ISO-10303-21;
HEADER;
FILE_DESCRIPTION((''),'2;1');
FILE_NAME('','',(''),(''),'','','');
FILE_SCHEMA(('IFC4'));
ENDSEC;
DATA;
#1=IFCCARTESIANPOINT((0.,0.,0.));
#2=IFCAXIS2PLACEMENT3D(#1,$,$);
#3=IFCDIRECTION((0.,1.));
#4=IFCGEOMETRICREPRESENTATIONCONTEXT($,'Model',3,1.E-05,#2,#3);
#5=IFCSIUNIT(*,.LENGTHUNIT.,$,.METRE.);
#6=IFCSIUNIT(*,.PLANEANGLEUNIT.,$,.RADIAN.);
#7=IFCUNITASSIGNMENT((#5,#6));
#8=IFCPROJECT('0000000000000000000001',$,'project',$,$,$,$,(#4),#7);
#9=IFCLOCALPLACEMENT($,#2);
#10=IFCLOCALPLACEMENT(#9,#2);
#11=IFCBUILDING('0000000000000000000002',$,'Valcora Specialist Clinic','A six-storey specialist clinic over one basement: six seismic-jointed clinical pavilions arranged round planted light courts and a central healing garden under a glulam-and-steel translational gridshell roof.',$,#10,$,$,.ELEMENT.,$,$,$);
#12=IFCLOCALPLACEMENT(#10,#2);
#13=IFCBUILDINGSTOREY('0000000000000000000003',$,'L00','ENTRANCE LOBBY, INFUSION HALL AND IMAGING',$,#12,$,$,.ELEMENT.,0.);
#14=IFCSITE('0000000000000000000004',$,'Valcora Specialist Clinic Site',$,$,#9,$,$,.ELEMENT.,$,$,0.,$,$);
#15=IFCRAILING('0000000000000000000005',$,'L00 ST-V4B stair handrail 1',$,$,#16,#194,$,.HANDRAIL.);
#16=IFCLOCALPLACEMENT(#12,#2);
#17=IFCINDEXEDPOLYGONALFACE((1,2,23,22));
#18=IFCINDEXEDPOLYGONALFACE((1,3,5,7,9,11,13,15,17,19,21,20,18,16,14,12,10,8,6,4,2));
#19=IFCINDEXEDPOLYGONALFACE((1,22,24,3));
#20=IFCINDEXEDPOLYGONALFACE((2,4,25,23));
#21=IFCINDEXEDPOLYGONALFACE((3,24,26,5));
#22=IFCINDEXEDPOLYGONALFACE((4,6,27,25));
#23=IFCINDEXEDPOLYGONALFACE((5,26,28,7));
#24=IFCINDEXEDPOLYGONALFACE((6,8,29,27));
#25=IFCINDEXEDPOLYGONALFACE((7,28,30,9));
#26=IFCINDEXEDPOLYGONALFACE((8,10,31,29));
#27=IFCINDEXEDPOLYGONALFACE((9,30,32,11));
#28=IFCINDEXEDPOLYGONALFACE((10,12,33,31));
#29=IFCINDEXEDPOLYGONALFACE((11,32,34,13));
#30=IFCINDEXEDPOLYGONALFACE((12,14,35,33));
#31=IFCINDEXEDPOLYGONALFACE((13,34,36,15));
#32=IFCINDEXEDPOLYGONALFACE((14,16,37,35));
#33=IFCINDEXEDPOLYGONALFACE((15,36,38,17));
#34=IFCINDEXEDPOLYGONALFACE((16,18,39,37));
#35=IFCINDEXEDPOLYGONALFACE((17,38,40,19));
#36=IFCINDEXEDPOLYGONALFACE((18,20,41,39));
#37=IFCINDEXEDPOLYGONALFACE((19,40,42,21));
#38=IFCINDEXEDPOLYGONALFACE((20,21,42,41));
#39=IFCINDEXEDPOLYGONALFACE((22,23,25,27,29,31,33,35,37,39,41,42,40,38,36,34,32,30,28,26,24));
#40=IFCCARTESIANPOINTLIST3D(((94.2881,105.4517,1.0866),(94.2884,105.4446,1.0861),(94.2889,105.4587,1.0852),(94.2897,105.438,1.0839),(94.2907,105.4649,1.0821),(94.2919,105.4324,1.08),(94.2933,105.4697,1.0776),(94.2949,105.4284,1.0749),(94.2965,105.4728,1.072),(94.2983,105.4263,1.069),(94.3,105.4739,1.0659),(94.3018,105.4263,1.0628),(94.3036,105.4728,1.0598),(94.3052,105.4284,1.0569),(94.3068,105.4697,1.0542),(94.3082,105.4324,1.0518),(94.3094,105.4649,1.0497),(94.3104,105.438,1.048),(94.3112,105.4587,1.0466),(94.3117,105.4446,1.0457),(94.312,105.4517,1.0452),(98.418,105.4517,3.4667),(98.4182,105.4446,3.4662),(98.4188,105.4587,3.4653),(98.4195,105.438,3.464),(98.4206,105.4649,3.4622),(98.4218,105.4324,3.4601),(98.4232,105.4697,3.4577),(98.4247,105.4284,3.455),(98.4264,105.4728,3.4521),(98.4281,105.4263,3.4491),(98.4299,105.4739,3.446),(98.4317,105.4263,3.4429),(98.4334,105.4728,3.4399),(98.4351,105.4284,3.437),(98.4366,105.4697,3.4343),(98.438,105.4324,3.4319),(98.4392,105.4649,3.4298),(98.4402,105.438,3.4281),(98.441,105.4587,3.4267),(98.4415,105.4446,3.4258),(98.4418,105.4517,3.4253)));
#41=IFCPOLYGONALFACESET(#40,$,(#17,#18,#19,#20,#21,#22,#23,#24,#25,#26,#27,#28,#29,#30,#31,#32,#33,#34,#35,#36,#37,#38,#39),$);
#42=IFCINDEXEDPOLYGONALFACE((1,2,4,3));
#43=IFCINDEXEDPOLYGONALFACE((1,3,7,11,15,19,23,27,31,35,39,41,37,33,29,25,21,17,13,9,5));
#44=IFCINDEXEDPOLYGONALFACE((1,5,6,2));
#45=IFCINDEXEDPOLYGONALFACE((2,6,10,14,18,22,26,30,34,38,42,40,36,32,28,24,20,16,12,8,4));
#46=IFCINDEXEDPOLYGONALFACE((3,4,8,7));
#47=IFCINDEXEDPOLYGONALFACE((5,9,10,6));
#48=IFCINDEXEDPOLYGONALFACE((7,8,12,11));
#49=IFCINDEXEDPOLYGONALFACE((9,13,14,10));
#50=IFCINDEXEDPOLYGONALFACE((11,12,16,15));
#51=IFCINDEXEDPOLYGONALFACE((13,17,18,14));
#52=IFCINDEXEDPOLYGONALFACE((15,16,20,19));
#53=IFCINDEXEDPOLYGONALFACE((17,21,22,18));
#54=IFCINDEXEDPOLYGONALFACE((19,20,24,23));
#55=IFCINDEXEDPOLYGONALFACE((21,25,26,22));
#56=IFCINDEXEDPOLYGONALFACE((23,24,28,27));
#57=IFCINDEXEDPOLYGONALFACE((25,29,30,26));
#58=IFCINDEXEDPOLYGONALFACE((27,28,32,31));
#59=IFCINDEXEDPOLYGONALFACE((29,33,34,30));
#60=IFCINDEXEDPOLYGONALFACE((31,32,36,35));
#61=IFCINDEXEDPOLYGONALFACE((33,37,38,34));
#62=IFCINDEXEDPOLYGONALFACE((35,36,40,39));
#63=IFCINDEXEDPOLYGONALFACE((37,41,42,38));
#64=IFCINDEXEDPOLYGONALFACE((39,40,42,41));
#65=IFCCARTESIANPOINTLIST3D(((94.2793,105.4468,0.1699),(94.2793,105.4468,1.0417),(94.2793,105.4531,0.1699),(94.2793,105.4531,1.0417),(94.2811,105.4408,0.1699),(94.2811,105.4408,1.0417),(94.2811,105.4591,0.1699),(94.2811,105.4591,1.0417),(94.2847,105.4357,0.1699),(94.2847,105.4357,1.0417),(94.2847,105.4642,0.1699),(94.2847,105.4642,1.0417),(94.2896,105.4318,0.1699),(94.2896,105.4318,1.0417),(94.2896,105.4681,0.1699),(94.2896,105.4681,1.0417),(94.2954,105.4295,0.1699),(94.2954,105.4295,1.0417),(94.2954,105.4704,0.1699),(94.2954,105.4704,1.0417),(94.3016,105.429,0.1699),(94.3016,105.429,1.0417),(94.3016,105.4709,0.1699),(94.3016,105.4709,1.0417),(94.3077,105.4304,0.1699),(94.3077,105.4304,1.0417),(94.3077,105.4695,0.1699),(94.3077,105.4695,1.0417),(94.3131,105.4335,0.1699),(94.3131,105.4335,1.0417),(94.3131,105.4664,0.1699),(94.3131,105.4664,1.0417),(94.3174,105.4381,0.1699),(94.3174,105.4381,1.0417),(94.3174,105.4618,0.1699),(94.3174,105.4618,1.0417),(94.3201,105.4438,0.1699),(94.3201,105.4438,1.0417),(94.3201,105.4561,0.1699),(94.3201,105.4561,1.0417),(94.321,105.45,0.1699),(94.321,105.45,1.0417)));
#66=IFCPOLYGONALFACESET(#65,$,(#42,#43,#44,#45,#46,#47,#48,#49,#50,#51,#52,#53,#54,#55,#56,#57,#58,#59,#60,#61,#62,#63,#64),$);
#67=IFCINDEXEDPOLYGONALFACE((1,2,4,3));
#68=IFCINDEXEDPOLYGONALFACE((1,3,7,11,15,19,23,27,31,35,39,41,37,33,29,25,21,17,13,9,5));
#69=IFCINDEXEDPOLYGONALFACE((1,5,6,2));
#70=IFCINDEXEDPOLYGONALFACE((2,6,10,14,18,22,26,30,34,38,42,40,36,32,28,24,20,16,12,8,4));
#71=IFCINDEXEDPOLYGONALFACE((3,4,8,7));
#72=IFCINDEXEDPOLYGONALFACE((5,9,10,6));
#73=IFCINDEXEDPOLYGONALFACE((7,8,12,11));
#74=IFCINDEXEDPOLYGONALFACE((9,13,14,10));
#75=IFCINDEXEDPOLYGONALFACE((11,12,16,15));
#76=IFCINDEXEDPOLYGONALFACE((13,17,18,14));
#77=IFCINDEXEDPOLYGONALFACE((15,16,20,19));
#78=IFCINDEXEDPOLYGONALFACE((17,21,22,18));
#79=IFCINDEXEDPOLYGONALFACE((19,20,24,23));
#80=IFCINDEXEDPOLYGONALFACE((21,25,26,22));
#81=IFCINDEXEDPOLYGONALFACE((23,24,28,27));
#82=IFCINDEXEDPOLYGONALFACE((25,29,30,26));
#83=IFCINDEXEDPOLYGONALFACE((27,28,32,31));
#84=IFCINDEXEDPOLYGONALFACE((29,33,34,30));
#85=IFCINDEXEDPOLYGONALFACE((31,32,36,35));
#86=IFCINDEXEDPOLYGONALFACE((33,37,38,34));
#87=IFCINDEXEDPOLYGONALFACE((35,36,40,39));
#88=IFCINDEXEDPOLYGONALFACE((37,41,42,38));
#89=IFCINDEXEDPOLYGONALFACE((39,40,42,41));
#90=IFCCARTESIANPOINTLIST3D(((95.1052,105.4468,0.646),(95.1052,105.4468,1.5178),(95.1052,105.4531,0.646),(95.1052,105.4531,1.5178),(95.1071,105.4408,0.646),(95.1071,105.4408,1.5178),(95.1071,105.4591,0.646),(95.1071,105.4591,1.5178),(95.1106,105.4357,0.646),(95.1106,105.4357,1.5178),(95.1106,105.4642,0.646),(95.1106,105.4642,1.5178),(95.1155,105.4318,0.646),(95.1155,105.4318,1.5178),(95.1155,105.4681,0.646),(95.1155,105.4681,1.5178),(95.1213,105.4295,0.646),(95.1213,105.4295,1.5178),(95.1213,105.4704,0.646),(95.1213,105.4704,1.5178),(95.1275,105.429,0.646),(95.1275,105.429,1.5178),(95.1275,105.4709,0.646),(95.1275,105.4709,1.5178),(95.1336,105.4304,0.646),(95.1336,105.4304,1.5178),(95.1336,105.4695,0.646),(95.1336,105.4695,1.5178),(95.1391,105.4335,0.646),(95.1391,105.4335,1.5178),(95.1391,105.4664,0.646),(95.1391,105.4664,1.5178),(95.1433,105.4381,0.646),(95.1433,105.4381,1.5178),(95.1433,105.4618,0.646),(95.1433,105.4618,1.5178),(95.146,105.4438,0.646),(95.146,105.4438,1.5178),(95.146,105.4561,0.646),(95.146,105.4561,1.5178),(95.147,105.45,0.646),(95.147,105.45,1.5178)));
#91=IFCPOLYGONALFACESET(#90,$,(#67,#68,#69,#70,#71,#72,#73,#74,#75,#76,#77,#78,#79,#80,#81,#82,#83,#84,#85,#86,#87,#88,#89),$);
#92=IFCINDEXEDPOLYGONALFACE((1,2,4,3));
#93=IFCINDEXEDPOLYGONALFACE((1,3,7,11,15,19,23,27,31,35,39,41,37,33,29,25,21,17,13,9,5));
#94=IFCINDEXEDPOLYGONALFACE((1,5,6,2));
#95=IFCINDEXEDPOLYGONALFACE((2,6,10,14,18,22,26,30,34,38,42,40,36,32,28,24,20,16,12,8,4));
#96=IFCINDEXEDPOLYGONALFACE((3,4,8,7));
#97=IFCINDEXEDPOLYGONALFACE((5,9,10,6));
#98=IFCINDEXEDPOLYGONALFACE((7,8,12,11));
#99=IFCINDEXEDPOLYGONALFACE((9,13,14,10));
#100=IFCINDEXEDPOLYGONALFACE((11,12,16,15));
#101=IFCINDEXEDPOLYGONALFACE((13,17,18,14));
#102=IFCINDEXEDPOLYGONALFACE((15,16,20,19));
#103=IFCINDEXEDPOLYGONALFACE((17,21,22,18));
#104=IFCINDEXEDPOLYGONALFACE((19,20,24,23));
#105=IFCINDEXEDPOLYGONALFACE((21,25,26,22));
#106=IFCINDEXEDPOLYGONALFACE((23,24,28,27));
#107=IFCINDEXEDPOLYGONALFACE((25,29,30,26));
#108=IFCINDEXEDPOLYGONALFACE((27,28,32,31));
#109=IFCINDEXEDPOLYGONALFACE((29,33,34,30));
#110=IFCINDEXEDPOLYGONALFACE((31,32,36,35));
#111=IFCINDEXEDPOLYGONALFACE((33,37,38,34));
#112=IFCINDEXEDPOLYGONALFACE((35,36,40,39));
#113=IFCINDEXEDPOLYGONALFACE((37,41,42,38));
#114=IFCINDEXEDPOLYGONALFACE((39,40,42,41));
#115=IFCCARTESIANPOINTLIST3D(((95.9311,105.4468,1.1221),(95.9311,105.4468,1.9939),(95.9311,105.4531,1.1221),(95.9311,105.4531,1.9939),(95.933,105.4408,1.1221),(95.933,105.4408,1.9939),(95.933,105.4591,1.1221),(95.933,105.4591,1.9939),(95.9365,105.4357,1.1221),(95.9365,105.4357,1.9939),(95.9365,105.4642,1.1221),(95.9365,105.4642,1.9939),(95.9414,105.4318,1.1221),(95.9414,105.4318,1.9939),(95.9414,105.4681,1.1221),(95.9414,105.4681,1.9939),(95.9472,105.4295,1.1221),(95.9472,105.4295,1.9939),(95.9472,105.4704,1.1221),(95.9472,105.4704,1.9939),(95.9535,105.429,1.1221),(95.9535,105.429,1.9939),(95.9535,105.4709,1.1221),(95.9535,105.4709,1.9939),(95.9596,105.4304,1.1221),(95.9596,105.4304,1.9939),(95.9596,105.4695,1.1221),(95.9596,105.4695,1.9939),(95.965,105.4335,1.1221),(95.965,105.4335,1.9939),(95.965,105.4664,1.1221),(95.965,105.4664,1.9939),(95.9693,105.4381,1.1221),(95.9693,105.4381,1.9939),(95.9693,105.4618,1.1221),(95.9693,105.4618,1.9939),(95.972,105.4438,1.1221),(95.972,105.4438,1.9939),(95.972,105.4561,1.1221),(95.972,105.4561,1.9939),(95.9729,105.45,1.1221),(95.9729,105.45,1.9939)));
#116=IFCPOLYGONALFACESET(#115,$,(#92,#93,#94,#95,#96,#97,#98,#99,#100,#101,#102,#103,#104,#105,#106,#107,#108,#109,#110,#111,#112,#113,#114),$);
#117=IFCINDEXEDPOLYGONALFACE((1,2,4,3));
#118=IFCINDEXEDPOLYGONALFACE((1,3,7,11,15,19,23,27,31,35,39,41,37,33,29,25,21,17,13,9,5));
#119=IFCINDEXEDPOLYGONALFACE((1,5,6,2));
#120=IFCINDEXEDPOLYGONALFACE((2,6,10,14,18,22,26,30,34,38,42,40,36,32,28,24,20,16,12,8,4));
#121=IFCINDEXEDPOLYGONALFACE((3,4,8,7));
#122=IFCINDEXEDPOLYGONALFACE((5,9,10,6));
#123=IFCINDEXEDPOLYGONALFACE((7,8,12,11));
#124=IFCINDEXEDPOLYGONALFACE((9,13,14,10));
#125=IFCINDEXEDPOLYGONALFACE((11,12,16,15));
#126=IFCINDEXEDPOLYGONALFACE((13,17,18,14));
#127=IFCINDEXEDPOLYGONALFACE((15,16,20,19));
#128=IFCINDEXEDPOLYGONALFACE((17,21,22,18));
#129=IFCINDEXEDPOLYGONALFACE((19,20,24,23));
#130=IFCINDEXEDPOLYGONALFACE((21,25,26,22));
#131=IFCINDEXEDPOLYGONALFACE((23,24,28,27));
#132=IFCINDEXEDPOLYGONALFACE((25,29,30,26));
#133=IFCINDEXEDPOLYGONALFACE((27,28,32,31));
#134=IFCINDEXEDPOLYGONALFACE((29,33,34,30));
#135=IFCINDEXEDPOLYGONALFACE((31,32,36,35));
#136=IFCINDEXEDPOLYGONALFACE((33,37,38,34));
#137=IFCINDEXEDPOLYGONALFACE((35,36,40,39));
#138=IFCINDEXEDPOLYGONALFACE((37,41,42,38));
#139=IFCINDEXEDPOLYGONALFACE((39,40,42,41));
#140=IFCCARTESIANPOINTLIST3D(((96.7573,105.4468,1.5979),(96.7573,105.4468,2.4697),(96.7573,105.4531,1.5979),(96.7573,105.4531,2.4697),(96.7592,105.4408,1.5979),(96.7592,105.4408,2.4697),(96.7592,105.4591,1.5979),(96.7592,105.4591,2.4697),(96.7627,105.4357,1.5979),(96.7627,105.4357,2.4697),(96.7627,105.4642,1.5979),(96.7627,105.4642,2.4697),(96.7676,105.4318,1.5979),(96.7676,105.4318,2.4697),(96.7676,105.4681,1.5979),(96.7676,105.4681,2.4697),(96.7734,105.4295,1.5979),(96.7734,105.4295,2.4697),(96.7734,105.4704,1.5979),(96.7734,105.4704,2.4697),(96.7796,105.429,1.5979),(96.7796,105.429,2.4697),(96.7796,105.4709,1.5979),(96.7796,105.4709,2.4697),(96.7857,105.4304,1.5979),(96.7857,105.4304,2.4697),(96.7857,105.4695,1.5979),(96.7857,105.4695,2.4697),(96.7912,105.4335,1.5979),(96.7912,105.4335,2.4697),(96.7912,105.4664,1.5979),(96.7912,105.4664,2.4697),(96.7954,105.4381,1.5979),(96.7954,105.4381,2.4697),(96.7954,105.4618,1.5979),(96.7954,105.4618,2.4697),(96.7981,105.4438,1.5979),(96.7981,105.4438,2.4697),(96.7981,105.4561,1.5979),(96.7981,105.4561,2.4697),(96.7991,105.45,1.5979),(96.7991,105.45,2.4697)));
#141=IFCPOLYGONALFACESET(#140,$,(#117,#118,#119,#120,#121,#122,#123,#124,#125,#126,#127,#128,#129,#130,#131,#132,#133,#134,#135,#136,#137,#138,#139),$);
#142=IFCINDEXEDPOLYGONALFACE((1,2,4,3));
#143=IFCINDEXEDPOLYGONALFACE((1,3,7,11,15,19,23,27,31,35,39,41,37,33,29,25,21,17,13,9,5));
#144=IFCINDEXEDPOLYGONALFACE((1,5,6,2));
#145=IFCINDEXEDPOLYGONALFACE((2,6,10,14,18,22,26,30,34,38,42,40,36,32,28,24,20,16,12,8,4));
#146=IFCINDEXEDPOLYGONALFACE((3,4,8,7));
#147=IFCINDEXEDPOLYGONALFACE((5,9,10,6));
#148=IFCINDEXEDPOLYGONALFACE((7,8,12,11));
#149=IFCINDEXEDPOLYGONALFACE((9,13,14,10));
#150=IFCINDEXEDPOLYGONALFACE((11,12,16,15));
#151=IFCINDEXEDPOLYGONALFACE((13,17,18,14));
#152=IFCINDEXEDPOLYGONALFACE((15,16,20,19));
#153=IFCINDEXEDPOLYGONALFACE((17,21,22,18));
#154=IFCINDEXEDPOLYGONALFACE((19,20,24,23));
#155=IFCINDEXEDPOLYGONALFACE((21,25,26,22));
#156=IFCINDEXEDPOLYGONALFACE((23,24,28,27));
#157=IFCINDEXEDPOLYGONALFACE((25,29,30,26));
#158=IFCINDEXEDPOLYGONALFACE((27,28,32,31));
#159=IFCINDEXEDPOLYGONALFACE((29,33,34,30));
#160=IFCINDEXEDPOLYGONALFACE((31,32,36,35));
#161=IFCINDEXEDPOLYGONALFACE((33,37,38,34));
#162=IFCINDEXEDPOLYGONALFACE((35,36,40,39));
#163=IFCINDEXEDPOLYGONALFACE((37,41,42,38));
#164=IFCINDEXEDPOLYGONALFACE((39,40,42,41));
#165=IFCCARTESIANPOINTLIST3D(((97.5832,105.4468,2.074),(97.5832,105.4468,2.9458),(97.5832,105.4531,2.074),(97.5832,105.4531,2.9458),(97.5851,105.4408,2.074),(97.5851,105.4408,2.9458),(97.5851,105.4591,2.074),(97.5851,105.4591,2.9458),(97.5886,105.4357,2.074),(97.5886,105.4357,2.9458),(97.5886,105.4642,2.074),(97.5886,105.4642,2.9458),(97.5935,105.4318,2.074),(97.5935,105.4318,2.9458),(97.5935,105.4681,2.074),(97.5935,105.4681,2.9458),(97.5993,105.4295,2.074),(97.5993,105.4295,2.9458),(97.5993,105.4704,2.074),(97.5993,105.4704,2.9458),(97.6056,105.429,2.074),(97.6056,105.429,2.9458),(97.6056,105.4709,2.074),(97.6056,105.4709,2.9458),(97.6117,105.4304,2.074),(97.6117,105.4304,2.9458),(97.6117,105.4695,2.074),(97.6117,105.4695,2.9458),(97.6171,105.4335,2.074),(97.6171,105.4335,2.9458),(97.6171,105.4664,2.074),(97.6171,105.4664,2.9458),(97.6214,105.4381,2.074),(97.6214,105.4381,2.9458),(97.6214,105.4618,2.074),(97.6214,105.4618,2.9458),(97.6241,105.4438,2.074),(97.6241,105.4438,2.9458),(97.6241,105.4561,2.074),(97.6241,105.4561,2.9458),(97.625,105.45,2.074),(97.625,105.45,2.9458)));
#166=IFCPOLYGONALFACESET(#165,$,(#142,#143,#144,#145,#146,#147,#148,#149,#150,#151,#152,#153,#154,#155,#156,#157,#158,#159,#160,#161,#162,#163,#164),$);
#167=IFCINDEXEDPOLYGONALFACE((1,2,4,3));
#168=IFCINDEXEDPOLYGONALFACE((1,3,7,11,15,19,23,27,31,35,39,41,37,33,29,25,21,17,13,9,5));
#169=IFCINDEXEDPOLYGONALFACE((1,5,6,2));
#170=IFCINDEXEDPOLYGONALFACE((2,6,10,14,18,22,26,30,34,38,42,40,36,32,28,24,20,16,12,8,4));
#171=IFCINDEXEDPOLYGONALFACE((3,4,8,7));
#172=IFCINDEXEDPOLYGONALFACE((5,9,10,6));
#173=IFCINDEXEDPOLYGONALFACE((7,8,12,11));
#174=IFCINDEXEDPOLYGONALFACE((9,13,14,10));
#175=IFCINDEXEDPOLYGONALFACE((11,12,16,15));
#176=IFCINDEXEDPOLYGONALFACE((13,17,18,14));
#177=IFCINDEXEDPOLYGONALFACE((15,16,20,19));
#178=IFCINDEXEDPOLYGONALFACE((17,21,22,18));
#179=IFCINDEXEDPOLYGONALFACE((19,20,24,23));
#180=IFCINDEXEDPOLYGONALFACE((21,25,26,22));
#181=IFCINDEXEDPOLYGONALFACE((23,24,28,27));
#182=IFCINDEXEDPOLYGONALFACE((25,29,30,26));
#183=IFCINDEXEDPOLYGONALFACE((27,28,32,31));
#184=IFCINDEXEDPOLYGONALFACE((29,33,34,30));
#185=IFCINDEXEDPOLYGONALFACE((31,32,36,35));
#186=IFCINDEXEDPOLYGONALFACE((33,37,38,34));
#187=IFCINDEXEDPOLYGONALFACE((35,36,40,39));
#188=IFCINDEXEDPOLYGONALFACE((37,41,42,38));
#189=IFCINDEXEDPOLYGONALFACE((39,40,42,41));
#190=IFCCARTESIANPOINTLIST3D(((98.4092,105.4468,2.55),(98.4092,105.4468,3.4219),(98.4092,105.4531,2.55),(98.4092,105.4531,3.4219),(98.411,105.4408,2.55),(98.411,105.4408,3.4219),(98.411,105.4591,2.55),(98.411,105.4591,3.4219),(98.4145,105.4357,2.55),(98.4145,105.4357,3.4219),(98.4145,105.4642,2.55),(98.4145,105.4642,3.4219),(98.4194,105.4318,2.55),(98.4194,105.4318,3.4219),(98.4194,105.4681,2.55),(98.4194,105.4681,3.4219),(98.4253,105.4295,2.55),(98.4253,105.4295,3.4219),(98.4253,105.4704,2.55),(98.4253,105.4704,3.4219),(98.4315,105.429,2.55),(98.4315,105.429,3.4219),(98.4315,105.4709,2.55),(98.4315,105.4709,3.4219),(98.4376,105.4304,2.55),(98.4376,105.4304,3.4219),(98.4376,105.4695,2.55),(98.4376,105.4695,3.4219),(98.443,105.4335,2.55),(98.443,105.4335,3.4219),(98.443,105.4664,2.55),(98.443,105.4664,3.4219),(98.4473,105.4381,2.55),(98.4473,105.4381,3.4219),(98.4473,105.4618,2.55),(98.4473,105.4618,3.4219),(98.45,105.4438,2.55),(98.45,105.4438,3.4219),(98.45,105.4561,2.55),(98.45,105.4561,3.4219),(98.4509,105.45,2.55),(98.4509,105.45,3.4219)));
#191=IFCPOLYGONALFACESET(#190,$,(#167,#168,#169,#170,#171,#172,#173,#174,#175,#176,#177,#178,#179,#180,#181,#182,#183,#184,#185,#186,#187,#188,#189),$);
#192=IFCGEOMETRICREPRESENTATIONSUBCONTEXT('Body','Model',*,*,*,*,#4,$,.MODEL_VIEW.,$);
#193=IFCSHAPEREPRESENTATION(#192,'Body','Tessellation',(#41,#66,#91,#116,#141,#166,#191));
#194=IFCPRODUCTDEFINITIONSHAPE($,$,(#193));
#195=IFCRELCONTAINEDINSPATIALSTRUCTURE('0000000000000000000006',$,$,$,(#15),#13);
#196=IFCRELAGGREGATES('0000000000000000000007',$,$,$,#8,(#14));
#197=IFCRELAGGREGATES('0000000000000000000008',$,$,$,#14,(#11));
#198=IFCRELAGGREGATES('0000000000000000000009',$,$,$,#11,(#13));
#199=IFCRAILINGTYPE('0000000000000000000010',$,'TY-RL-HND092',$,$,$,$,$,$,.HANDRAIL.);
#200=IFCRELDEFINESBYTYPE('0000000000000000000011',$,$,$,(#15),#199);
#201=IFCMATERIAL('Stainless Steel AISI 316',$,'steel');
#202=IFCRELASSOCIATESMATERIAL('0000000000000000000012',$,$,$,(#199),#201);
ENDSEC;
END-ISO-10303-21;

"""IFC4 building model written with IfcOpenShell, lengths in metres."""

from ifc_helpers import new_model, si_unit, direction, frame, origin, origin_2d, place, context, subcontext, project, spatial, circle, extrude, material, type_object, element, save


model = new_model("IFC4")

# Units and contexts
model_context = context("Model", 3, precision=1e-05, world=origin(), true_north=direction((0.0, 1.0)))
body_context = subcontext(model_context, "Body", "Model", "MODEL_VIEW")
ifc_project = project(units=[si_unit("LENGTHUNIT", "METRE"), si_unit("PLANEANGLEUNIT", "RADIAN")], contexts=[model_context])

# Site, building, storey
site_placement = place(None, origin())
site = spatial("IfcSite", under=ifc_project, at=site_placement, Name="Valcora Specialist Clinic Site", CompositionType="ELEMENT", RefElevation=0.0)
building_placement = place(site_placement, origin())
building = spatial("IfcBuilding", under=site, at=building_placement, Name="Valcora Specialist Clinic", Description="A six-storey specialist clinic over one basement: six seismic-jointed clinical pavilions arranged round planted light courts and a central healing garden under a glulam-and-steel translational gridshell roof.", CompositionType="ELEMENT")
storey_placement = place(building_placement, origin())
storey = spatial("IfcBuildingStorey", under=building, at=storey_placement, Name="L00", Description="ENTRANCE LOBBY, INFUSION HALL AND IMAGING", CompositionType="ELEMENT", Elevation=0.0)

# Railing
ifc_material_1 = material(Name="Stainless Steel AISI 316", Category="steel")
railing_type_1 = type_object("IfcRailingType", Name="TY-RL-HND092", PredefinedType="HANDRAIL", material=ifc_material_1)
railing_1_placement = place(storey_placement, frame((94.3, 105.45, 0.1699)))
element("IfcRailing", 1, at=railing_1_placement, inside=storey, type_object=railing_type_1, Name="L00 ST-V4B stair handrail 1", PredefinedType="HANDRAIL", context=body_context, shape_type="SweptSolid", body=[
    extrude(circle(Radius=0.0239, at=origin_2d()), frame((0.0, 0.0, 0.896), z_axis=(0.866412, 0.0, 0.499329), x_axis=(0.0, 1.0, 0.0)), (0.0, 0.0, 1.0), 4.7666),
    extrude(circle(Radius=0.021, at=origin_2d()), origin(), (0.0, 0.0, 1.0), 0.8718),
    extrude(circle(Radius=0.021, at=origin_2d()), frame((0.8259, 0.0, 0.4761)), (0.0, 0.0, 1.0), 0.8718),
    extrude(circle(Radius=0.021, at=origin_2d()), frame((1.6519, 0.0, 0.9521)), (0.0, 0.0, 1.0), 0.8718),
    extrude(circle(Radius=0.021, at=origin_2d()), frame((2.478, 0.0, 1.428)), (0.0, 0.0, 1.0), 0.8718),
    extrude(circle(Radius=0.021, at=origin_2d()), frame((3.304, 0.0, 1.9041)), (0.0, 0.0, 1.0), 0.8718),
    extrude(circle(Radius=0.021, at=origin_2d()), frame((4.1299, 0.0, 2.3801)), (0.0, 0.0, 1.0), 0.8718),
])

save(model, "model.ifc")
